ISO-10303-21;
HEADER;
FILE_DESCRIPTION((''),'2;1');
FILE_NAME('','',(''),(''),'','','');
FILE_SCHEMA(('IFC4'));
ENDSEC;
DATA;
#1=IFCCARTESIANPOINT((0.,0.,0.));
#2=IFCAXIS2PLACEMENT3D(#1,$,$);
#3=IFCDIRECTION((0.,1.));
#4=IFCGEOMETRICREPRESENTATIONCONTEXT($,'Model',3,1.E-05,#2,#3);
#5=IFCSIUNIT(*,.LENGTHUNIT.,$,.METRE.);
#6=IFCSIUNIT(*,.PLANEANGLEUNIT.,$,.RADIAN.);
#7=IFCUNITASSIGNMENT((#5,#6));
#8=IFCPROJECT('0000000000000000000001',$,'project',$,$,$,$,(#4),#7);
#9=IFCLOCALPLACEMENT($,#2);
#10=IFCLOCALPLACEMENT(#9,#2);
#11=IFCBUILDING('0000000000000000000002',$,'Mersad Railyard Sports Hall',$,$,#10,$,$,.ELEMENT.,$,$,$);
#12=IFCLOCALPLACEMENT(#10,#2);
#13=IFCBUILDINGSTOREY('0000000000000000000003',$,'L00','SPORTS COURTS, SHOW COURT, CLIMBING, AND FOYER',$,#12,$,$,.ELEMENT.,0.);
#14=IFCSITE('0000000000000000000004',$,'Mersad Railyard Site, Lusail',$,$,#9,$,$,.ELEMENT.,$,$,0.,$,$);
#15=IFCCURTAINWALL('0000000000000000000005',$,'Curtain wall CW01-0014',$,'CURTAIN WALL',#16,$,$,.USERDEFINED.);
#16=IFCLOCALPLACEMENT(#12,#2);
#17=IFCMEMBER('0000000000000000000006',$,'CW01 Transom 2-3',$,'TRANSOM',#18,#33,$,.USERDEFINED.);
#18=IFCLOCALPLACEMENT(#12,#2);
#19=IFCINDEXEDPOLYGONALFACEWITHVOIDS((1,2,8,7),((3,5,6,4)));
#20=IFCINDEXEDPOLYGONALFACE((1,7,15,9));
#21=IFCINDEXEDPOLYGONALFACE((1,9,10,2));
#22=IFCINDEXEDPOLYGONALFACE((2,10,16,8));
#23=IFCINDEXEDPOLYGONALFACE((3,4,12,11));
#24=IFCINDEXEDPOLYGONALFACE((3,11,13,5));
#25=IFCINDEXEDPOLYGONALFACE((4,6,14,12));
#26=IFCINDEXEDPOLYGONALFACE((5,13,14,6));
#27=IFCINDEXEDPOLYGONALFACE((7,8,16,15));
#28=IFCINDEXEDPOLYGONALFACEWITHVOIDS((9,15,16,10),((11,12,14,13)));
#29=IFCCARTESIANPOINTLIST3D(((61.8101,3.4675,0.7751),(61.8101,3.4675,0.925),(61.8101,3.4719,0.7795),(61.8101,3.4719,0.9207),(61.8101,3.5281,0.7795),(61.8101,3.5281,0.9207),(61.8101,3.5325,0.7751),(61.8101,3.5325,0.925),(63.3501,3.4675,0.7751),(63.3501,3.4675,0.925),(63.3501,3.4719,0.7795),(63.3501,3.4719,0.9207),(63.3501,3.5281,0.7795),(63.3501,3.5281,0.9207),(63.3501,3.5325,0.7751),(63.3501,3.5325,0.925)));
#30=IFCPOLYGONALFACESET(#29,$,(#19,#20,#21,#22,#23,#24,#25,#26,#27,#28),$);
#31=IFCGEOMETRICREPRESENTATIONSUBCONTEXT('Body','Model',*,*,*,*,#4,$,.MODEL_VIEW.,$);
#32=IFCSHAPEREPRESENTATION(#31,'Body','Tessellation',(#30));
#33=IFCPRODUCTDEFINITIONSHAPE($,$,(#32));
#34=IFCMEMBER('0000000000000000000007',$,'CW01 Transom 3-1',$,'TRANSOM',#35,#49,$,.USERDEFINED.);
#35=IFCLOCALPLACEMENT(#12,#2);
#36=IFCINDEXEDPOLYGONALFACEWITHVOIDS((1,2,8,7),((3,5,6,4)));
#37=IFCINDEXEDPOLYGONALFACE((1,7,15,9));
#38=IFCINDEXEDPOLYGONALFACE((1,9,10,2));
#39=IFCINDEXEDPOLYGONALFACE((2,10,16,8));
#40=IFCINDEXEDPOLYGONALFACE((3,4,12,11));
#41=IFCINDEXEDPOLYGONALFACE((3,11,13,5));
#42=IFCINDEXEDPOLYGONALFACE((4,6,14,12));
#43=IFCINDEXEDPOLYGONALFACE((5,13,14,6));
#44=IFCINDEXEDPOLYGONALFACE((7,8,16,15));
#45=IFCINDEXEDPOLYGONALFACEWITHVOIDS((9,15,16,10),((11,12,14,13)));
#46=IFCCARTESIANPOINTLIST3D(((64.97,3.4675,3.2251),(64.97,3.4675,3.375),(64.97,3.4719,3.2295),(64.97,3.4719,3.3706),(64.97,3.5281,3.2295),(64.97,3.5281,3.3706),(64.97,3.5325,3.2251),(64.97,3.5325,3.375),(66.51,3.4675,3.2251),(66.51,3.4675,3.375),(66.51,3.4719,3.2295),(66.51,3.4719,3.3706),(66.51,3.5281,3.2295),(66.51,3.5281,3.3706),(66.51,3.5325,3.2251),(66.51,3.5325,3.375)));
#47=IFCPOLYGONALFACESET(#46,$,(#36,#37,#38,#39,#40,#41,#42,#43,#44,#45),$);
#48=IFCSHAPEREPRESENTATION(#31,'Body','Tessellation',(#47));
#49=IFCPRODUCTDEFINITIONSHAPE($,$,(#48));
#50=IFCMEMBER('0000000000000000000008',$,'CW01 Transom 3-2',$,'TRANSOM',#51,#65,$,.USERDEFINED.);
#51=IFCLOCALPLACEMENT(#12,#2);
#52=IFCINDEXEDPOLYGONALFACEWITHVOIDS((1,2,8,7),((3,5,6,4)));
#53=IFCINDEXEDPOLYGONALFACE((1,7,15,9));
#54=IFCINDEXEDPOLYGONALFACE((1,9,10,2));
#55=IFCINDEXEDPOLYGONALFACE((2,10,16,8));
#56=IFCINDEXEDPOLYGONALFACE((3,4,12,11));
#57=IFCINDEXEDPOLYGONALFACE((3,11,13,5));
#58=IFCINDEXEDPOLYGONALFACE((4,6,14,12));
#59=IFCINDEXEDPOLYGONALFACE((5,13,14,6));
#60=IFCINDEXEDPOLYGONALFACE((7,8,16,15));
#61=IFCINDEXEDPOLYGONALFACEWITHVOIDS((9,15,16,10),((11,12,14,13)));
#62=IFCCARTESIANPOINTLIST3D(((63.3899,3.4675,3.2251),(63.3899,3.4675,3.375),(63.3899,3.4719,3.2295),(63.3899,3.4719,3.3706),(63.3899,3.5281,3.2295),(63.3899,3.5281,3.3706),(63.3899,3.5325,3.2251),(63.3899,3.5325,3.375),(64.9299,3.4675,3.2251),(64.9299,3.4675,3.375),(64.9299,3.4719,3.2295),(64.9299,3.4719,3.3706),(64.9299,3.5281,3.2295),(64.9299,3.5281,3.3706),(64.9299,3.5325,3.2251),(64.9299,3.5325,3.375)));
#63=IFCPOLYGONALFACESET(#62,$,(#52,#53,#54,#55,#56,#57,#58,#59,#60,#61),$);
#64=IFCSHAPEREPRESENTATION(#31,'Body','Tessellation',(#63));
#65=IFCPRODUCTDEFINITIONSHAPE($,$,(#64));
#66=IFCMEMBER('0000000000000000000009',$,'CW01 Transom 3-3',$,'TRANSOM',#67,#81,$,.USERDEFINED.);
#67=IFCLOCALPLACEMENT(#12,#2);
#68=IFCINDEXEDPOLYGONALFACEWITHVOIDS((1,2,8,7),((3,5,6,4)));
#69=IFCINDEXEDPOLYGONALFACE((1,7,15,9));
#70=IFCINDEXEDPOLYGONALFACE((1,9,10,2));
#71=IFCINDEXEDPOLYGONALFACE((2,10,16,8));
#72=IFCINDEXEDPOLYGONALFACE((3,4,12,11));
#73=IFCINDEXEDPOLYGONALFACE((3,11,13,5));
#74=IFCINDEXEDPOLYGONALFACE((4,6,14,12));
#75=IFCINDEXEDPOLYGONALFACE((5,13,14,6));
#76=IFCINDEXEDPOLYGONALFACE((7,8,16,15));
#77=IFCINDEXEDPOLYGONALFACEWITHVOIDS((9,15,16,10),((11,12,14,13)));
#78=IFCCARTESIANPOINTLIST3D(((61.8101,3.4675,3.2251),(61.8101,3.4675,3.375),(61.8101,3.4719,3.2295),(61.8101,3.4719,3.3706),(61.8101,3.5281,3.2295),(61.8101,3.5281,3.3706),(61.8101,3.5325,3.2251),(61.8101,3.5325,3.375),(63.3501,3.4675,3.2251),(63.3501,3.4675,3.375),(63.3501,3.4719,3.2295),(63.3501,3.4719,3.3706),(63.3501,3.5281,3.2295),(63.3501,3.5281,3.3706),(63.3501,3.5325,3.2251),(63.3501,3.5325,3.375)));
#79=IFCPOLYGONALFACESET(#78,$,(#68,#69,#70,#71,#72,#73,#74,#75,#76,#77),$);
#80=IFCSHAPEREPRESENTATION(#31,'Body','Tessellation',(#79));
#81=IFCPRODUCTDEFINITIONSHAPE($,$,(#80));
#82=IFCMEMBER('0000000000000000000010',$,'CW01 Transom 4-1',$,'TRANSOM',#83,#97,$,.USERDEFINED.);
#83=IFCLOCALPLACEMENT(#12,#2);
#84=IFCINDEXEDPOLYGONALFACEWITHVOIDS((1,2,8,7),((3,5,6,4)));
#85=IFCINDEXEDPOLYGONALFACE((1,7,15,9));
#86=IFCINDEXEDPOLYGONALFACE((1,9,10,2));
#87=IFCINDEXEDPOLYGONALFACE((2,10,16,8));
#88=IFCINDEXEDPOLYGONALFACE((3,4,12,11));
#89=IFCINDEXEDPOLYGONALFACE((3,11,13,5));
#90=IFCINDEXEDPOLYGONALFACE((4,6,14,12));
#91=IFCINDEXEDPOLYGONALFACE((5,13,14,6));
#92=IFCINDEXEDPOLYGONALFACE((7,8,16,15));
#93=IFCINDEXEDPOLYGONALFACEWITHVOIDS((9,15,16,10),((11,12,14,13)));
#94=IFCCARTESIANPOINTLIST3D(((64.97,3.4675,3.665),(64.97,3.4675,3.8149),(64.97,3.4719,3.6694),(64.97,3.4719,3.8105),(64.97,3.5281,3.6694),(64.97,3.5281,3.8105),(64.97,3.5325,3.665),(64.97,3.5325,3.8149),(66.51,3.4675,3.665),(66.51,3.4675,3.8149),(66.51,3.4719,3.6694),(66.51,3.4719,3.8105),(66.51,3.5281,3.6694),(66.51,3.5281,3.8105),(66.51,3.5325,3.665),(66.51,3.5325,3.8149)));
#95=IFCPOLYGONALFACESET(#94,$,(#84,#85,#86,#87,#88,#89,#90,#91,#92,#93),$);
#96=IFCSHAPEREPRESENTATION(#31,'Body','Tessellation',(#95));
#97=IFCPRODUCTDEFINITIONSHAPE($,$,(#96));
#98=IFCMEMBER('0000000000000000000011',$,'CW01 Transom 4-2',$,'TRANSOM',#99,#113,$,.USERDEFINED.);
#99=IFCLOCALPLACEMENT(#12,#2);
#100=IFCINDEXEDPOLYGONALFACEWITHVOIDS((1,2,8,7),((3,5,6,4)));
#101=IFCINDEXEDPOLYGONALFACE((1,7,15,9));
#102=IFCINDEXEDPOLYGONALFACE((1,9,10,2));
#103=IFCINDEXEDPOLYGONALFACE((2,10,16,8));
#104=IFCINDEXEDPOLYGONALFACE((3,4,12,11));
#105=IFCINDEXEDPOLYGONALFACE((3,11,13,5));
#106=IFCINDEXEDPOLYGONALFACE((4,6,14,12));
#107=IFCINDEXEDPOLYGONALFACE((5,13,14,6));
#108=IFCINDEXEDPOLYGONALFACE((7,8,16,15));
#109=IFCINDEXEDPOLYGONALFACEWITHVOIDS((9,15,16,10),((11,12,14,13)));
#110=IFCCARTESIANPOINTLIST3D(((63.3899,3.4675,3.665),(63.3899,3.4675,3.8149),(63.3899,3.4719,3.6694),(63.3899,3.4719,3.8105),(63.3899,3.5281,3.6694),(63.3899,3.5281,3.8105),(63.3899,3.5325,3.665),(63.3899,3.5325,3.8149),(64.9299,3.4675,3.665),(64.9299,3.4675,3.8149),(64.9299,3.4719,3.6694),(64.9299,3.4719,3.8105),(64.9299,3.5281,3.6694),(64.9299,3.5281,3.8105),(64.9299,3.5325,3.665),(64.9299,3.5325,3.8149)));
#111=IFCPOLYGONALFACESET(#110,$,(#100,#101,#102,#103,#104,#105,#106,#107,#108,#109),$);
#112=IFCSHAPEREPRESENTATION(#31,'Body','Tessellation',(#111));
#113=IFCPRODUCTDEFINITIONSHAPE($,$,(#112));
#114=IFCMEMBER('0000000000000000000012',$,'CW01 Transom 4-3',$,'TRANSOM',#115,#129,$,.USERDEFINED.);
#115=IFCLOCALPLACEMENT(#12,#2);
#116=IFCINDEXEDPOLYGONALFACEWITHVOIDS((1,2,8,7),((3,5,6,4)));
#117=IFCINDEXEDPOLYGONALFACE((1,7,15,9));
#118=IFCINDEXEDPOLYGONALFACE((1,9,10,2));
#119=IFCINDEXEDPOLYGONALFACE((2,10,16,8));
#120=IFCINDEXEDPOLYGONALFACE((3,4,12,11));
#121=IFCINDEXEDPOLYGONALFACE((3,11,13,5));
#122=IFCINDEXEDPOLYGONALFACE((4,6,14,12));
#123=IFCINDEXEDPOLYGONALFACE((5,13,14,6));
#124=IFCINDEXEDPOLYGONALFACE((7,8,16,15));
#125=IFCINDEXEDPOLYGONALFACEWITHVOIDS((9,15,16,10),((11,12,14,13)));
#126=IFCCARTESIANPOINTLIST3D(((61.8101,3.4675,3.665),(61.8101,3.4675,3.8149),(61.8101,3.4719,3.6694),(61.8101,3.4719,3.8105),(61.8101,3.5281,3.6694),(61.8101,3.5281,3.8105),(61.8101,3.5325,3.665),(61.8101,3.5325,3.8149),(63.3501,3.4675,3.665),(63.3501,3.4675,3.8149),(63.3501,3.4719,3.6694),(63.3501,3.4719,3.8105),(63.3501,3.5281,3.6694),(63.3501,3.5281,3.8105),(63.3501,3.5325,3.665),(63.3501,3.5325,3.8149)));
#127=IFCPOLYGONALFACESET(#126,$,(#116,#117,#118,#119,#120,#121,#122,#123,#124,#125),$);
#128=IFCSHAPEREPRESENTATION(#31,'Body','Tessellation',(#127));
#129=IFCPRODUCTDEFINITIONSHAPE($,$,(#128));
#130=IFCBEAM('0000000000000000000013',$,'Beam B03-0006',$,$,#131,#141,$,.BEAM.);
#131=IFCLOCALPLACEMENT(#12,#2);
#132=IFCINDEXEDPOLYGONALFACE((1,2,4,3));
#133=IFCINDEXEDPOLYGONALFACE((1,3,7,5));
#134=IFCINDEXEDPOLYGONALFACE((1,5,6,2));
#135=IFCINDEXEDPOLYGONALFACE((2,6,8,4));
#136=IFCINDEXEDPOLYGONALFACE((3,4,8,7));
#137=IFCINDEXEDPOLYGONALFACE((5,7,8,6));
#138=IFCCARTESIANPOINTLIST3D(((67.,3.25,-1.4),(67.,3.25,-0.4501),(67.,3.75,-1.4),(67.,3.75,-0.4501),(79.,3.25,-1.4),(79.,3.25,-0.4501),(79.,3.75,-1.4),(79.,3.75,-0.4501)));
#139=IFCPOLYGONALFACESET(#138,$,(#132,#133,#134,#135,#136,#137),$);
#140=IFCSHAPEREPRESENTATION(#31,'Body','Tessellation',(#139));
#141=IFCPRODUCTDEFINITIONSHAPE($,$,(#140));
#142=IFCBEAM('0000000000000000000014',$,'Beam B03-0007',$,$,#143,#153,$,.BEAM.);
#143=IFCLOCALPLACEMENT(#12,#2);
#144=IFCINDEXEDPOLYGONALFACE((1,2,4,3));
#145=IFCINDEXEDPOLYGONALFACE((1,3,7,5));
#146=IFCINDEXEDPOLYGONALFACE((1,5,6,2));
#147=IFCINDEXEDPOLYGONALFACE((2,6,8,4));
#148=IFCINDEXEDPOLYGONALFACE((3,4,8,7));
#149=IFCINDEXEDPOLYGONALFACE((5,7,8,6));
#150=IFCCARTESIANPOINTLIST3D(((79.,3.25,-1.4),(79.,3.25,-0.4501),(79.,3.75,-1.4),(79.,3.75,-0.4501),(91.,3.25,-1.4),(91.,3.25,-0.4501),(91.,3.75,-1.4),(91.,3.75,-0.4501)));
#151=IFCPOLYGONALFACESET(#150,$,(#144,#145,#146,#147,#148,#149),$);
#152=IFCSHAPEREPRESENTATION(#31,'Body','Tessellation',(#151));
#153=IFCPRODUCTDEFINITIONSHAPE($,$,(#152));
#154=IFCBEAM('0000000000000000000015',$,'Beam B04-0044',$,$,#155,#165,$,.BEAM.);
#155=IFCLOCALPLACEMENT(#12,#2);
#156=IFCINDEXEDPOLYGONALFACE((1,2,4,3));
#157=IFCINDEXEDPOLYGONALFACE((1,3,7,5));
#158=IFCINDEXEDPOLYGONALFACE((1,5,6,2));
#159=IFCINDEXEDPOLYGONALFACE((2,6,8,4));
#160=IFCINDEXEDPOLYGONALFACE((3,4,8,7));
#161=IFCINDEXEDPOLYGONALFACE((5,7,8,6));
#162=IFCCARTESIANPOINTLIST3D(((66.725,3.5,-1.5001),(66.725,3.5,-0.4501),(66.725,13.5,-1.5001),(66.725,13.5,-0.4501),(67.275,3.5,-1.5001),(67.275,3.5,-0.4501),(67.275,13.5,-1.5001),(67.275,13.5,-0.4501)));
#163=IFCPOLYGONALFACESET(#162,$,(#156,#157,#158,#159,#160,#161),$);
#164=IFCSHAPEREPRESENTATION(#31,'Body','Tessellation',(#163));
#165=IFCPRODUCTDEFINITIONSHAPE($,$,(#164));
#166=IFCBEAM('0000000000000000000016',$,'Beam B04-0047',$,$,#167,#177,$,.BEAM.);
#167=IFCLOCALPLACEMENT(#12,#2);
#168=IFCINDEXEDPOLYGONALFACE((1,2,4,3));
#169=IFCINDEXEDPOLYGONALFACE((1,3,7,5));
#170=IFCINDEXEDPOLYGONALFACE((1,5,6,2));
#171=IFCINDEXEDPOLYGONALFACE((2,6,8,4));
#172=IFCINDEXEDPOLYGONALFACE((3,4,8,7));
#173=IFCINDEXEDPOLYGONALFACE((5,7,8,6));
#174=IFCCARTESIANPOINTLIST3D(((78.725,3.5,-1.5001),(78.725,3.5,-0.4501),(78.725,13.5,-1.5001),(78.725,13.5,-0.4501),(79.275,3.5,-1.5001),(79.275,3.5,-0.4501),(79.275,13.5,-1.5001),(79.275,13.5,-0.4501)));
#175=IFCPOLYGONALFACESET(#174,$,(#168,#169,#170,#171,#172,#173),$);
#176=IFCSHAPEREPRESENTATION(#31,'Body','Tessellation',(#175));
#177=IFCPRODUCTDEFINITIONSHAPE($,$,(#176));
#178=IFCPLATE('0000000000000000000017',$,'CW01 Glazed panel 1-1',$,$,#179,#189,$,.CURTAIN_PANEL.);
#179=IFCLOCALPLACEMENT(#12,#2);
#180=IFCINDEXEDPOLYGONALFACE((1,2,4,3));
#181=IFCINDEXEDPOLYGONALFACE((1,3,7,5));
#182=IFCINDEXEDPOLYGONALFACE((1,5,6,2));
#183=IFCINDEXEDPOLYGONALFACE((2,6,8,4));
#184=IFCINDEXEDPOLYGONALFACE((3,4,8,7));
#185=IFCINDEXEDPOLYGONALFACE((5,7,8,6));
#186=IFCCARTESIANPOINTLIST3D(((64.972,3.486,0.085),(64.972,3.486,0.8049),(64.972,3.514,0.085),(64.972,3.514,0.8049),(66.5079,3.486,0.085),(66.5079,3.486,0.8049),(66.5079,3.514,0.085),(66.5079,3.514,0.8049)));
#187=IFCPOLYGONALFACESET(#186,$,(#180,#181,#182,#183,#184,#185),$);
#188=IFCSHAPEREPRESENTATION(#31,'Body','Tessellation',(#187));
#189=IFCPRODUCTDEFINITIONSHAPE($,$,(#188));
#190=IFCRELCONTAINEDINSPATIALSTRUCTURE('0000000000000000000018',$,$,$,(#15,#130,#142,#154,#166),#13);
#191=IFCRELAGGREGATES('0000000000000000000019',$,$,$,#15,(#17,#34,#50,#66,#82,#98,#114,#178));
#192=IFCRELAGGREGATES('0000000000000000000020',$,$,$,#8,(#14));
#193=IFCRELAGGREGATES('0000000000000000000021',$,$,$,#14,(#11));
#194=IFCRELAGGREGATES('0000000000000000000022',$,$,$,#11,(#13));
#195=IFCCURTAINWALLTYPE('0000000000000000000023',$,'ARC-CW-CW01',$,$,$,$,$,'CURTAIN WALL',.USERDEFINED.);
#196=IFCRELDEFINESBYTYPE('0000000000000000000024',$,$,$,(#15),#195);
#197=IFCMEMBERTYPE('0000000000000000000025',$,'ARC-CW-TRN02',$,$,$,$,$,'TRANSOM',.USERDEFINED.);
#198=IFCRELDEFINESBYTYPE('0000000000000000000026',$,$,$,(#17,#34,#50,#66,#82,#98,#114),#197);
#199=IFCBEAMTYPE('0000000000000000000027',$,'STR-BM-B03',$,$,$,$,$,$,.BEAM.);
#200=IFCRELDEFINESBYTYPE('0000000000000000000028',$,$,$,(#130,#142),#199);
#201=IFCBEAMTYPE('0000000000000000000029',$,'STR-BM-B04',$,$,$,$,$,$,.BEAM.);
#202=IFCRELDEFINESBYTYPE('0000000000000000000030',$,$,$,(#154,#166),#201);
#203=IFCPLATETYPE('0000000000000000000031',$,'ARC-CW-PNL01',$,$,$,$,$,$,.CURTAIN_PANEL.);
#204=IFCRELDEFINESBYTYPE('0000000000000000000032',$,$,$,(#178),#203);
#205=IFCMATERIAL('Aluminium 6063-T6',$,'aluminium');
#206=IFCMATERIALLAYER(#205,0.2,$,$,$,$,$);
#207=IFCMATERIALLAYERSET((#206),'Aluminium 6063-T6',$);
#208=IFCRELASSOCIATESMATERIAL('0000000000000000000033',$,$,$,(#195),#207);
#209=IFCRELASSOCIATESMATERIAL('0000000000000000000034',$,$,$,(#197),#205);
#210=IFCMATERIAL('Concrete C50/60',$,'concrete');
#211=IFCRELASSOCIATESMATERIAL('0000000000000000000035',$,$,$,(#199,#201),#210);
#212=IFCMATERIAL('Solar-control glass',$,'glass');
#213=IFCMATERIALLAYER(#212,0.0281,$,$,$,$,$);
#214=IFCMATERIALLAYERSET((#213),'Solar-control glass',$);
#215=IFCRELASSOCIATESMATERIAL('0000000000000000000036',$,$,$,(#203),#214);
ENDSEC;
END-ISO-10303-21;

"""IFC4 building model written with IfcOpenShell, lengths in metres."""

from ifc_helpers import new_model, si_unit, direction, frame, origin, origin_2d, place, context, subcontext, project, spatial, rectangle, hollow_rectangle, extrude, material, layer, layer_set, material_profile, profile_set, type_object, element, aggregate, save


model = new_model("IFC4")

# Units and contexts
model_context = context("Model", 3, precision=1e-05, world=origin(), true_north=direction((0.0, 1.0)))
body_context = subcontext(model_context, "Body", "Model", "MODEL_VIEW")
ifc_project = project(units=[si_unit("LENGTHUNIT", "METRE"), si_unit("PLANEANGLEUNIT", "RADIAN")], contexts=[model_context])

# Site, building, storey
site_placement = place(None, origin())
site = spatial("IfcSite", under=ifc_project, at=site_placement, Name="Mersad Railyard Site, Lusail", CompositionType="ELEMENT", RefElevation=0.0)
building_placement = place(site_placement, origin())
building = spatial("IfcBuilding", under=site, at=building_placement, Name="Mersad Railyard Sports Hall", CompositionType="ELEMENT")
storey_placement = place(building_placement, origin())
storey = spatial("IfcBuildingStorey", under=building, at=storey_placement, Name="L00", Description="SPORTS COURTS, SHOW COURT, CLIMBING, AND FOYER", CompositionType="ELEMENT", Elevation=0.0)

# Curtain wall
ifc_material_1 = material(Name="Aluminium 6063-T6", Category="aluminium")
ifc_layer_1 = layer(ifc_material_1, 0.2)
ifc_layer_set_1 = layer_set([ifc_layer_1], Name="Aluminium 6063-T6")
curtain_wall_type = type_object("IfcCurtainWallType", Name="ARC-CW-CW01", ElementType="CURTAIN WALL", PredefinedType="USERDEFINED", material=ifc_layer_set_1)
curtain_wall_1_placement = place(storey_placement, origin())
curtain_wall_1 = element("IfcCurtainWall", 1, at=curtain_wall_1_placement, inside=storey, type_object=curtain_wall_type, Name="Curtain wall CW01-0014", ObjectType="CURTAIN WALL", PredefinedType="USERDEFINED")

# Members
ifc_material_profile_1 = material_profile(ifc_material_1, hollow_rectangle(XDim=0.0649, YDim=0.1499, WallThickness=0.0044, at=origin_2d()), Name="AL TRANSOM 65x150x4.5")
ifc_profile_set_1 = profile_set([ifc_material_profile_1], Name="Aluminium 6063-T6")
member_type_1 = type_object("IfcMemberType", Name="ARC-CW-TRN02", ElementType="TRANSOM", PredefinedType="USERDEFINED", material=ifc_profile_set_1)
member_1_placement = place(storey_placement, frame((63.3501, 3.5, 0.8501), z_axis=(-1.0, 0.0, 0.0), x_axis=(0.0, -1.0, 0.0)))
member_1 = element("IfcMember", 2, at=member_1_placement, type_object=member_type_1, Name="CW01 Transom 2-3", ObjectType="TRANSOM", PredefinedType="USERDEFINED", context=body_context, shape_type="SweptSolid", body=[
    extrude(hollow_rectangle(XDim=0.0649, YDim=0.1499, WallThickness=0.0044, at=origin_2d()), origin(), (0.0, 0.0, 1.0), 1.54),
])
member_2_placement = place(storey_placement, frame((66.51, 3.5, 3.3), z_axis=(-1.0, 0.0, 0.0), x_axis=(0.0, -1.0, 0.0)))
member_2 = element("IfcMember", 3, at=member_2_placement, type_object=member_type_1, Name="CW01 Transom 3-1", ObjectType="TRANSOM", PredefinedType="USERDEFINED", context=body_context, shape_type="SweptSolid", body=[
    extrude(hollow_rectangle(XDim=0.0649, YDim=0.1499, WallThickness=0.0044, at=origin_2d()), origin(), (0.0, 0.0, 1.0), 1.54),
])
member_3_placement = place(storey_placement, frame((64.9299, 3.5, 3.3), z_axis=(-1.0, 0.0, 0.0), x_axis=(0.0, -1.0, 0.0)))
member_3 = element("IfcMember", 4, at=member_3_placement, type_object=member_type_1, Name="CW01 Transom 3-2", ObjectType="TRANSOM", PredefinedType="USERDEFINED", context=body_context, shape_type="SweptSolid", body=[
    extrude(hollow_rectangle(XDim=0.0649, YDim=0.1499, WallThickness=0.0044, at=origin_2d()), origin(), (0.0, 0.0, 1.0), 1.54),
])
member_4_placement = place(storey_placement, frame((63.3501, 3.5, 3.3), z_axis=(-1.0, 0.0, 0.0), x_axis=(0.0, -1.0, 0.0)))
member_4 = element("IfcMember", 5, at=member_4_placement, type_object=member_type_1, Name="CW01 Transom 3-3", ObjectType="TRANSOM", PredefinedType="USERDEFINED", context=body_context, shape_type="SweptSolid", body=[
    extrude(hollow_rectangle(XDim=0.0649, YDim=0.1499, WallThickness=0.0044, at=origin_2d()), origin(), (0.0, 0.0, 1.0), 1.54),
])
member_5_placement = place(storey_placement, frame((66.51, 3.5, 3.74), z_axis=(-1.0, 0.0, 0.0), x_axis=(0.0, -1.0, 0.0)))
member_5 = element("IfcMember", 6, at=member_5_placement, type_object=member_type_1, Name="CW01 Transom 4-1", ObjectType="TRANSOM", PredefinedType="USERDEFINED", context=body_context, shape_type="SweptSolid", body=[
    extrude(hollow_rectangle(XDim=0.0649, YDim=0.1499, WallThickness=0.0044, at=origin_2d()), origin(), (0.0, 0.0, 1.0), 1.54),
])
member_6_placement = place(storey_placement, frame((64.9299, 3.5, 3.74), z_axis=(-1.0, 0.0, 0.0), x_axis=(0.0, -1.0, 0.0)))
member_6 = element("IfcMember", 7, at=member_6_placement, type_object=member_type_1, Name="CW01 Transom 4-2", ObjectType="TRANSOM", PredefinedType="USERDEFINED", context=body_context, shape_type="SweptSolid", body=[
    extrude(hollow_rectangle(XDim=0.0649, YDim=0.1499, WallThickness=0.0044, at=origin_2d()), origin(), (0.0, 0.0, 1.0), 1.54),
])
member_7_placement = place(storey_placement, frame((63.3501, 3.5, 3.74), z_axis=(-1.0, 0.0, 0.0), x_axis=(0.0, -1.0, 0.0)))
member_7 = element("IfcMember", 8, at=member_7_placement, type_object=member_type_1, Name="CW01 Transom 4-3", ObjectType="TRANSOM", PredefinedType="USERDEFINED", context=body_context, shape_type="SweptSolid", body=[
    extrude(hollow_rectangle(XDim=0.0649, YDim=0.1499, WallThickness=0.0044, at=origin_2d()), origin(), (0.0, 0.0, 1.0), 1.54),
])

# Beams
ifc_material_2 = material(Name="Concrete C50/60", Category="concrete")
ifc_material_profile_2 = material_profile(ifc_material_2, rectangle(XDim=0.5, YDim=0.95, at=origin_2d()), Name="RC 500x950")
ifc_profile_set_2 = profile_set([ifc_material_profile_2], Name="Concrete C50/60")
beam_type_1 = type_object("IfcBeamType", Name="STR-BM-B03", PredefinedType="BEAM", material=ifc_profile_set_2)
for number, where, z_axis, x_axis, name in (
    (9, (67.0, 3.5, -0.925), (1.0, 0.0, 0.0), (0.0, 1.0, 0.0), "Beam B03-0006"),
    (10, (79.0, 3.5, -0.925), (1.0, 0.0, 0.0), (0.0, 1.0, 0.0), "Beam B03-0007"),
):
    element("IfcBeam", number, at=place(storey_placement, frame(where, z_axis=z_axis, x_axis=x_axis)), inside=storey, type_object=beam_type_1, Name=name, PredefinedType="BEAM", context=body_context, shape_type="SweptSolid", body=[
        extrude(rectangle(XDim=0.5, YDim=0.95, at=origin_2d()), origin(), (0.0, 0.0, 1.0), 12.0),
    ])
ifc_material_profile_3 = material_profile(ifc_material_2, rectangle(XDim=0.55, YDim=1.05, at=origin_2d()), Name="RC 550x1050")
ifc_profile_set_3 = profile_set([ifc_material_profile_3], Name="Concrete C50/60")
beam_type_2 = type_object("IfcBeamType", Name="STR-BM-B04", PredefinedType="BEAM", material=ifc_profile_set_3)
for number, where, z_axis, x_axis, name in (
    (11, (67.0, 3.5, -0.9751), (0.0, 1.0, 0.0), (-1.0, 0.0, 0.0), "Beam B04-0044"),
    (12, (79.0, 3.5, -0.9751), (0.0, 1.0, 0.0), (-1.0, 0.0, 0.0), "Beam B04-0047"),
):
    element("IfcBeam", number, at=place(storey_placement, frame(where, z_axis=z_axis, x_axis=x_axis)), inside=storey, type_object=beam_type_2, Name=name, PredefinedType="BEAM", context=body_context, shape_type="SweptSolid", body=[
        extrude(rectangle(XDim=0.55, YDim=1.05, at=origin_2d()), origin(), (0.0, 0.0, 1.0), 10.0),
    ])

# Plate
ifc_material_3 = material(Name="Solar-control glass", Category="glass")
ifc_layer_2 = layer(ifc_material_3, 0.0281)
ifc_layer_set_2 = layer_set([ifc_layer_2], Name="Solar-control glass")
plate_type = type_object("IfcPlateType", Name="ARC-CW-PNL01", PredefinedType="CURTAIN_PANEL", material=ifc_layer_set_2)
plate_1_placement = place(storey_placement, frame((65.74, 3.5, 0.085), z_axis=(0.0, 0.0, 1.0), x_axis=(-1.0, 0.0, 0.0)))
plate_1 = element("IfcPlate", 13, at=plate_1_placement, type_object=plate_type, Name="CW01 Glazed panel 1-1", PredefinedType="CURTAIN_PANEL", context=body_context, shape_type="SweptSolid", body=[
    extrude(rectangle(XDim=1.5359, YDim=0.0281, at=origin_2d()), origin(), (0.0, 0.0, 1.0), 0.72),
])
aggregate(curtain_wall_1, [member_1, member_2, member_3, member_4, member_5, member_6, member_7, plate_1])

save(model, "model.ifc")
